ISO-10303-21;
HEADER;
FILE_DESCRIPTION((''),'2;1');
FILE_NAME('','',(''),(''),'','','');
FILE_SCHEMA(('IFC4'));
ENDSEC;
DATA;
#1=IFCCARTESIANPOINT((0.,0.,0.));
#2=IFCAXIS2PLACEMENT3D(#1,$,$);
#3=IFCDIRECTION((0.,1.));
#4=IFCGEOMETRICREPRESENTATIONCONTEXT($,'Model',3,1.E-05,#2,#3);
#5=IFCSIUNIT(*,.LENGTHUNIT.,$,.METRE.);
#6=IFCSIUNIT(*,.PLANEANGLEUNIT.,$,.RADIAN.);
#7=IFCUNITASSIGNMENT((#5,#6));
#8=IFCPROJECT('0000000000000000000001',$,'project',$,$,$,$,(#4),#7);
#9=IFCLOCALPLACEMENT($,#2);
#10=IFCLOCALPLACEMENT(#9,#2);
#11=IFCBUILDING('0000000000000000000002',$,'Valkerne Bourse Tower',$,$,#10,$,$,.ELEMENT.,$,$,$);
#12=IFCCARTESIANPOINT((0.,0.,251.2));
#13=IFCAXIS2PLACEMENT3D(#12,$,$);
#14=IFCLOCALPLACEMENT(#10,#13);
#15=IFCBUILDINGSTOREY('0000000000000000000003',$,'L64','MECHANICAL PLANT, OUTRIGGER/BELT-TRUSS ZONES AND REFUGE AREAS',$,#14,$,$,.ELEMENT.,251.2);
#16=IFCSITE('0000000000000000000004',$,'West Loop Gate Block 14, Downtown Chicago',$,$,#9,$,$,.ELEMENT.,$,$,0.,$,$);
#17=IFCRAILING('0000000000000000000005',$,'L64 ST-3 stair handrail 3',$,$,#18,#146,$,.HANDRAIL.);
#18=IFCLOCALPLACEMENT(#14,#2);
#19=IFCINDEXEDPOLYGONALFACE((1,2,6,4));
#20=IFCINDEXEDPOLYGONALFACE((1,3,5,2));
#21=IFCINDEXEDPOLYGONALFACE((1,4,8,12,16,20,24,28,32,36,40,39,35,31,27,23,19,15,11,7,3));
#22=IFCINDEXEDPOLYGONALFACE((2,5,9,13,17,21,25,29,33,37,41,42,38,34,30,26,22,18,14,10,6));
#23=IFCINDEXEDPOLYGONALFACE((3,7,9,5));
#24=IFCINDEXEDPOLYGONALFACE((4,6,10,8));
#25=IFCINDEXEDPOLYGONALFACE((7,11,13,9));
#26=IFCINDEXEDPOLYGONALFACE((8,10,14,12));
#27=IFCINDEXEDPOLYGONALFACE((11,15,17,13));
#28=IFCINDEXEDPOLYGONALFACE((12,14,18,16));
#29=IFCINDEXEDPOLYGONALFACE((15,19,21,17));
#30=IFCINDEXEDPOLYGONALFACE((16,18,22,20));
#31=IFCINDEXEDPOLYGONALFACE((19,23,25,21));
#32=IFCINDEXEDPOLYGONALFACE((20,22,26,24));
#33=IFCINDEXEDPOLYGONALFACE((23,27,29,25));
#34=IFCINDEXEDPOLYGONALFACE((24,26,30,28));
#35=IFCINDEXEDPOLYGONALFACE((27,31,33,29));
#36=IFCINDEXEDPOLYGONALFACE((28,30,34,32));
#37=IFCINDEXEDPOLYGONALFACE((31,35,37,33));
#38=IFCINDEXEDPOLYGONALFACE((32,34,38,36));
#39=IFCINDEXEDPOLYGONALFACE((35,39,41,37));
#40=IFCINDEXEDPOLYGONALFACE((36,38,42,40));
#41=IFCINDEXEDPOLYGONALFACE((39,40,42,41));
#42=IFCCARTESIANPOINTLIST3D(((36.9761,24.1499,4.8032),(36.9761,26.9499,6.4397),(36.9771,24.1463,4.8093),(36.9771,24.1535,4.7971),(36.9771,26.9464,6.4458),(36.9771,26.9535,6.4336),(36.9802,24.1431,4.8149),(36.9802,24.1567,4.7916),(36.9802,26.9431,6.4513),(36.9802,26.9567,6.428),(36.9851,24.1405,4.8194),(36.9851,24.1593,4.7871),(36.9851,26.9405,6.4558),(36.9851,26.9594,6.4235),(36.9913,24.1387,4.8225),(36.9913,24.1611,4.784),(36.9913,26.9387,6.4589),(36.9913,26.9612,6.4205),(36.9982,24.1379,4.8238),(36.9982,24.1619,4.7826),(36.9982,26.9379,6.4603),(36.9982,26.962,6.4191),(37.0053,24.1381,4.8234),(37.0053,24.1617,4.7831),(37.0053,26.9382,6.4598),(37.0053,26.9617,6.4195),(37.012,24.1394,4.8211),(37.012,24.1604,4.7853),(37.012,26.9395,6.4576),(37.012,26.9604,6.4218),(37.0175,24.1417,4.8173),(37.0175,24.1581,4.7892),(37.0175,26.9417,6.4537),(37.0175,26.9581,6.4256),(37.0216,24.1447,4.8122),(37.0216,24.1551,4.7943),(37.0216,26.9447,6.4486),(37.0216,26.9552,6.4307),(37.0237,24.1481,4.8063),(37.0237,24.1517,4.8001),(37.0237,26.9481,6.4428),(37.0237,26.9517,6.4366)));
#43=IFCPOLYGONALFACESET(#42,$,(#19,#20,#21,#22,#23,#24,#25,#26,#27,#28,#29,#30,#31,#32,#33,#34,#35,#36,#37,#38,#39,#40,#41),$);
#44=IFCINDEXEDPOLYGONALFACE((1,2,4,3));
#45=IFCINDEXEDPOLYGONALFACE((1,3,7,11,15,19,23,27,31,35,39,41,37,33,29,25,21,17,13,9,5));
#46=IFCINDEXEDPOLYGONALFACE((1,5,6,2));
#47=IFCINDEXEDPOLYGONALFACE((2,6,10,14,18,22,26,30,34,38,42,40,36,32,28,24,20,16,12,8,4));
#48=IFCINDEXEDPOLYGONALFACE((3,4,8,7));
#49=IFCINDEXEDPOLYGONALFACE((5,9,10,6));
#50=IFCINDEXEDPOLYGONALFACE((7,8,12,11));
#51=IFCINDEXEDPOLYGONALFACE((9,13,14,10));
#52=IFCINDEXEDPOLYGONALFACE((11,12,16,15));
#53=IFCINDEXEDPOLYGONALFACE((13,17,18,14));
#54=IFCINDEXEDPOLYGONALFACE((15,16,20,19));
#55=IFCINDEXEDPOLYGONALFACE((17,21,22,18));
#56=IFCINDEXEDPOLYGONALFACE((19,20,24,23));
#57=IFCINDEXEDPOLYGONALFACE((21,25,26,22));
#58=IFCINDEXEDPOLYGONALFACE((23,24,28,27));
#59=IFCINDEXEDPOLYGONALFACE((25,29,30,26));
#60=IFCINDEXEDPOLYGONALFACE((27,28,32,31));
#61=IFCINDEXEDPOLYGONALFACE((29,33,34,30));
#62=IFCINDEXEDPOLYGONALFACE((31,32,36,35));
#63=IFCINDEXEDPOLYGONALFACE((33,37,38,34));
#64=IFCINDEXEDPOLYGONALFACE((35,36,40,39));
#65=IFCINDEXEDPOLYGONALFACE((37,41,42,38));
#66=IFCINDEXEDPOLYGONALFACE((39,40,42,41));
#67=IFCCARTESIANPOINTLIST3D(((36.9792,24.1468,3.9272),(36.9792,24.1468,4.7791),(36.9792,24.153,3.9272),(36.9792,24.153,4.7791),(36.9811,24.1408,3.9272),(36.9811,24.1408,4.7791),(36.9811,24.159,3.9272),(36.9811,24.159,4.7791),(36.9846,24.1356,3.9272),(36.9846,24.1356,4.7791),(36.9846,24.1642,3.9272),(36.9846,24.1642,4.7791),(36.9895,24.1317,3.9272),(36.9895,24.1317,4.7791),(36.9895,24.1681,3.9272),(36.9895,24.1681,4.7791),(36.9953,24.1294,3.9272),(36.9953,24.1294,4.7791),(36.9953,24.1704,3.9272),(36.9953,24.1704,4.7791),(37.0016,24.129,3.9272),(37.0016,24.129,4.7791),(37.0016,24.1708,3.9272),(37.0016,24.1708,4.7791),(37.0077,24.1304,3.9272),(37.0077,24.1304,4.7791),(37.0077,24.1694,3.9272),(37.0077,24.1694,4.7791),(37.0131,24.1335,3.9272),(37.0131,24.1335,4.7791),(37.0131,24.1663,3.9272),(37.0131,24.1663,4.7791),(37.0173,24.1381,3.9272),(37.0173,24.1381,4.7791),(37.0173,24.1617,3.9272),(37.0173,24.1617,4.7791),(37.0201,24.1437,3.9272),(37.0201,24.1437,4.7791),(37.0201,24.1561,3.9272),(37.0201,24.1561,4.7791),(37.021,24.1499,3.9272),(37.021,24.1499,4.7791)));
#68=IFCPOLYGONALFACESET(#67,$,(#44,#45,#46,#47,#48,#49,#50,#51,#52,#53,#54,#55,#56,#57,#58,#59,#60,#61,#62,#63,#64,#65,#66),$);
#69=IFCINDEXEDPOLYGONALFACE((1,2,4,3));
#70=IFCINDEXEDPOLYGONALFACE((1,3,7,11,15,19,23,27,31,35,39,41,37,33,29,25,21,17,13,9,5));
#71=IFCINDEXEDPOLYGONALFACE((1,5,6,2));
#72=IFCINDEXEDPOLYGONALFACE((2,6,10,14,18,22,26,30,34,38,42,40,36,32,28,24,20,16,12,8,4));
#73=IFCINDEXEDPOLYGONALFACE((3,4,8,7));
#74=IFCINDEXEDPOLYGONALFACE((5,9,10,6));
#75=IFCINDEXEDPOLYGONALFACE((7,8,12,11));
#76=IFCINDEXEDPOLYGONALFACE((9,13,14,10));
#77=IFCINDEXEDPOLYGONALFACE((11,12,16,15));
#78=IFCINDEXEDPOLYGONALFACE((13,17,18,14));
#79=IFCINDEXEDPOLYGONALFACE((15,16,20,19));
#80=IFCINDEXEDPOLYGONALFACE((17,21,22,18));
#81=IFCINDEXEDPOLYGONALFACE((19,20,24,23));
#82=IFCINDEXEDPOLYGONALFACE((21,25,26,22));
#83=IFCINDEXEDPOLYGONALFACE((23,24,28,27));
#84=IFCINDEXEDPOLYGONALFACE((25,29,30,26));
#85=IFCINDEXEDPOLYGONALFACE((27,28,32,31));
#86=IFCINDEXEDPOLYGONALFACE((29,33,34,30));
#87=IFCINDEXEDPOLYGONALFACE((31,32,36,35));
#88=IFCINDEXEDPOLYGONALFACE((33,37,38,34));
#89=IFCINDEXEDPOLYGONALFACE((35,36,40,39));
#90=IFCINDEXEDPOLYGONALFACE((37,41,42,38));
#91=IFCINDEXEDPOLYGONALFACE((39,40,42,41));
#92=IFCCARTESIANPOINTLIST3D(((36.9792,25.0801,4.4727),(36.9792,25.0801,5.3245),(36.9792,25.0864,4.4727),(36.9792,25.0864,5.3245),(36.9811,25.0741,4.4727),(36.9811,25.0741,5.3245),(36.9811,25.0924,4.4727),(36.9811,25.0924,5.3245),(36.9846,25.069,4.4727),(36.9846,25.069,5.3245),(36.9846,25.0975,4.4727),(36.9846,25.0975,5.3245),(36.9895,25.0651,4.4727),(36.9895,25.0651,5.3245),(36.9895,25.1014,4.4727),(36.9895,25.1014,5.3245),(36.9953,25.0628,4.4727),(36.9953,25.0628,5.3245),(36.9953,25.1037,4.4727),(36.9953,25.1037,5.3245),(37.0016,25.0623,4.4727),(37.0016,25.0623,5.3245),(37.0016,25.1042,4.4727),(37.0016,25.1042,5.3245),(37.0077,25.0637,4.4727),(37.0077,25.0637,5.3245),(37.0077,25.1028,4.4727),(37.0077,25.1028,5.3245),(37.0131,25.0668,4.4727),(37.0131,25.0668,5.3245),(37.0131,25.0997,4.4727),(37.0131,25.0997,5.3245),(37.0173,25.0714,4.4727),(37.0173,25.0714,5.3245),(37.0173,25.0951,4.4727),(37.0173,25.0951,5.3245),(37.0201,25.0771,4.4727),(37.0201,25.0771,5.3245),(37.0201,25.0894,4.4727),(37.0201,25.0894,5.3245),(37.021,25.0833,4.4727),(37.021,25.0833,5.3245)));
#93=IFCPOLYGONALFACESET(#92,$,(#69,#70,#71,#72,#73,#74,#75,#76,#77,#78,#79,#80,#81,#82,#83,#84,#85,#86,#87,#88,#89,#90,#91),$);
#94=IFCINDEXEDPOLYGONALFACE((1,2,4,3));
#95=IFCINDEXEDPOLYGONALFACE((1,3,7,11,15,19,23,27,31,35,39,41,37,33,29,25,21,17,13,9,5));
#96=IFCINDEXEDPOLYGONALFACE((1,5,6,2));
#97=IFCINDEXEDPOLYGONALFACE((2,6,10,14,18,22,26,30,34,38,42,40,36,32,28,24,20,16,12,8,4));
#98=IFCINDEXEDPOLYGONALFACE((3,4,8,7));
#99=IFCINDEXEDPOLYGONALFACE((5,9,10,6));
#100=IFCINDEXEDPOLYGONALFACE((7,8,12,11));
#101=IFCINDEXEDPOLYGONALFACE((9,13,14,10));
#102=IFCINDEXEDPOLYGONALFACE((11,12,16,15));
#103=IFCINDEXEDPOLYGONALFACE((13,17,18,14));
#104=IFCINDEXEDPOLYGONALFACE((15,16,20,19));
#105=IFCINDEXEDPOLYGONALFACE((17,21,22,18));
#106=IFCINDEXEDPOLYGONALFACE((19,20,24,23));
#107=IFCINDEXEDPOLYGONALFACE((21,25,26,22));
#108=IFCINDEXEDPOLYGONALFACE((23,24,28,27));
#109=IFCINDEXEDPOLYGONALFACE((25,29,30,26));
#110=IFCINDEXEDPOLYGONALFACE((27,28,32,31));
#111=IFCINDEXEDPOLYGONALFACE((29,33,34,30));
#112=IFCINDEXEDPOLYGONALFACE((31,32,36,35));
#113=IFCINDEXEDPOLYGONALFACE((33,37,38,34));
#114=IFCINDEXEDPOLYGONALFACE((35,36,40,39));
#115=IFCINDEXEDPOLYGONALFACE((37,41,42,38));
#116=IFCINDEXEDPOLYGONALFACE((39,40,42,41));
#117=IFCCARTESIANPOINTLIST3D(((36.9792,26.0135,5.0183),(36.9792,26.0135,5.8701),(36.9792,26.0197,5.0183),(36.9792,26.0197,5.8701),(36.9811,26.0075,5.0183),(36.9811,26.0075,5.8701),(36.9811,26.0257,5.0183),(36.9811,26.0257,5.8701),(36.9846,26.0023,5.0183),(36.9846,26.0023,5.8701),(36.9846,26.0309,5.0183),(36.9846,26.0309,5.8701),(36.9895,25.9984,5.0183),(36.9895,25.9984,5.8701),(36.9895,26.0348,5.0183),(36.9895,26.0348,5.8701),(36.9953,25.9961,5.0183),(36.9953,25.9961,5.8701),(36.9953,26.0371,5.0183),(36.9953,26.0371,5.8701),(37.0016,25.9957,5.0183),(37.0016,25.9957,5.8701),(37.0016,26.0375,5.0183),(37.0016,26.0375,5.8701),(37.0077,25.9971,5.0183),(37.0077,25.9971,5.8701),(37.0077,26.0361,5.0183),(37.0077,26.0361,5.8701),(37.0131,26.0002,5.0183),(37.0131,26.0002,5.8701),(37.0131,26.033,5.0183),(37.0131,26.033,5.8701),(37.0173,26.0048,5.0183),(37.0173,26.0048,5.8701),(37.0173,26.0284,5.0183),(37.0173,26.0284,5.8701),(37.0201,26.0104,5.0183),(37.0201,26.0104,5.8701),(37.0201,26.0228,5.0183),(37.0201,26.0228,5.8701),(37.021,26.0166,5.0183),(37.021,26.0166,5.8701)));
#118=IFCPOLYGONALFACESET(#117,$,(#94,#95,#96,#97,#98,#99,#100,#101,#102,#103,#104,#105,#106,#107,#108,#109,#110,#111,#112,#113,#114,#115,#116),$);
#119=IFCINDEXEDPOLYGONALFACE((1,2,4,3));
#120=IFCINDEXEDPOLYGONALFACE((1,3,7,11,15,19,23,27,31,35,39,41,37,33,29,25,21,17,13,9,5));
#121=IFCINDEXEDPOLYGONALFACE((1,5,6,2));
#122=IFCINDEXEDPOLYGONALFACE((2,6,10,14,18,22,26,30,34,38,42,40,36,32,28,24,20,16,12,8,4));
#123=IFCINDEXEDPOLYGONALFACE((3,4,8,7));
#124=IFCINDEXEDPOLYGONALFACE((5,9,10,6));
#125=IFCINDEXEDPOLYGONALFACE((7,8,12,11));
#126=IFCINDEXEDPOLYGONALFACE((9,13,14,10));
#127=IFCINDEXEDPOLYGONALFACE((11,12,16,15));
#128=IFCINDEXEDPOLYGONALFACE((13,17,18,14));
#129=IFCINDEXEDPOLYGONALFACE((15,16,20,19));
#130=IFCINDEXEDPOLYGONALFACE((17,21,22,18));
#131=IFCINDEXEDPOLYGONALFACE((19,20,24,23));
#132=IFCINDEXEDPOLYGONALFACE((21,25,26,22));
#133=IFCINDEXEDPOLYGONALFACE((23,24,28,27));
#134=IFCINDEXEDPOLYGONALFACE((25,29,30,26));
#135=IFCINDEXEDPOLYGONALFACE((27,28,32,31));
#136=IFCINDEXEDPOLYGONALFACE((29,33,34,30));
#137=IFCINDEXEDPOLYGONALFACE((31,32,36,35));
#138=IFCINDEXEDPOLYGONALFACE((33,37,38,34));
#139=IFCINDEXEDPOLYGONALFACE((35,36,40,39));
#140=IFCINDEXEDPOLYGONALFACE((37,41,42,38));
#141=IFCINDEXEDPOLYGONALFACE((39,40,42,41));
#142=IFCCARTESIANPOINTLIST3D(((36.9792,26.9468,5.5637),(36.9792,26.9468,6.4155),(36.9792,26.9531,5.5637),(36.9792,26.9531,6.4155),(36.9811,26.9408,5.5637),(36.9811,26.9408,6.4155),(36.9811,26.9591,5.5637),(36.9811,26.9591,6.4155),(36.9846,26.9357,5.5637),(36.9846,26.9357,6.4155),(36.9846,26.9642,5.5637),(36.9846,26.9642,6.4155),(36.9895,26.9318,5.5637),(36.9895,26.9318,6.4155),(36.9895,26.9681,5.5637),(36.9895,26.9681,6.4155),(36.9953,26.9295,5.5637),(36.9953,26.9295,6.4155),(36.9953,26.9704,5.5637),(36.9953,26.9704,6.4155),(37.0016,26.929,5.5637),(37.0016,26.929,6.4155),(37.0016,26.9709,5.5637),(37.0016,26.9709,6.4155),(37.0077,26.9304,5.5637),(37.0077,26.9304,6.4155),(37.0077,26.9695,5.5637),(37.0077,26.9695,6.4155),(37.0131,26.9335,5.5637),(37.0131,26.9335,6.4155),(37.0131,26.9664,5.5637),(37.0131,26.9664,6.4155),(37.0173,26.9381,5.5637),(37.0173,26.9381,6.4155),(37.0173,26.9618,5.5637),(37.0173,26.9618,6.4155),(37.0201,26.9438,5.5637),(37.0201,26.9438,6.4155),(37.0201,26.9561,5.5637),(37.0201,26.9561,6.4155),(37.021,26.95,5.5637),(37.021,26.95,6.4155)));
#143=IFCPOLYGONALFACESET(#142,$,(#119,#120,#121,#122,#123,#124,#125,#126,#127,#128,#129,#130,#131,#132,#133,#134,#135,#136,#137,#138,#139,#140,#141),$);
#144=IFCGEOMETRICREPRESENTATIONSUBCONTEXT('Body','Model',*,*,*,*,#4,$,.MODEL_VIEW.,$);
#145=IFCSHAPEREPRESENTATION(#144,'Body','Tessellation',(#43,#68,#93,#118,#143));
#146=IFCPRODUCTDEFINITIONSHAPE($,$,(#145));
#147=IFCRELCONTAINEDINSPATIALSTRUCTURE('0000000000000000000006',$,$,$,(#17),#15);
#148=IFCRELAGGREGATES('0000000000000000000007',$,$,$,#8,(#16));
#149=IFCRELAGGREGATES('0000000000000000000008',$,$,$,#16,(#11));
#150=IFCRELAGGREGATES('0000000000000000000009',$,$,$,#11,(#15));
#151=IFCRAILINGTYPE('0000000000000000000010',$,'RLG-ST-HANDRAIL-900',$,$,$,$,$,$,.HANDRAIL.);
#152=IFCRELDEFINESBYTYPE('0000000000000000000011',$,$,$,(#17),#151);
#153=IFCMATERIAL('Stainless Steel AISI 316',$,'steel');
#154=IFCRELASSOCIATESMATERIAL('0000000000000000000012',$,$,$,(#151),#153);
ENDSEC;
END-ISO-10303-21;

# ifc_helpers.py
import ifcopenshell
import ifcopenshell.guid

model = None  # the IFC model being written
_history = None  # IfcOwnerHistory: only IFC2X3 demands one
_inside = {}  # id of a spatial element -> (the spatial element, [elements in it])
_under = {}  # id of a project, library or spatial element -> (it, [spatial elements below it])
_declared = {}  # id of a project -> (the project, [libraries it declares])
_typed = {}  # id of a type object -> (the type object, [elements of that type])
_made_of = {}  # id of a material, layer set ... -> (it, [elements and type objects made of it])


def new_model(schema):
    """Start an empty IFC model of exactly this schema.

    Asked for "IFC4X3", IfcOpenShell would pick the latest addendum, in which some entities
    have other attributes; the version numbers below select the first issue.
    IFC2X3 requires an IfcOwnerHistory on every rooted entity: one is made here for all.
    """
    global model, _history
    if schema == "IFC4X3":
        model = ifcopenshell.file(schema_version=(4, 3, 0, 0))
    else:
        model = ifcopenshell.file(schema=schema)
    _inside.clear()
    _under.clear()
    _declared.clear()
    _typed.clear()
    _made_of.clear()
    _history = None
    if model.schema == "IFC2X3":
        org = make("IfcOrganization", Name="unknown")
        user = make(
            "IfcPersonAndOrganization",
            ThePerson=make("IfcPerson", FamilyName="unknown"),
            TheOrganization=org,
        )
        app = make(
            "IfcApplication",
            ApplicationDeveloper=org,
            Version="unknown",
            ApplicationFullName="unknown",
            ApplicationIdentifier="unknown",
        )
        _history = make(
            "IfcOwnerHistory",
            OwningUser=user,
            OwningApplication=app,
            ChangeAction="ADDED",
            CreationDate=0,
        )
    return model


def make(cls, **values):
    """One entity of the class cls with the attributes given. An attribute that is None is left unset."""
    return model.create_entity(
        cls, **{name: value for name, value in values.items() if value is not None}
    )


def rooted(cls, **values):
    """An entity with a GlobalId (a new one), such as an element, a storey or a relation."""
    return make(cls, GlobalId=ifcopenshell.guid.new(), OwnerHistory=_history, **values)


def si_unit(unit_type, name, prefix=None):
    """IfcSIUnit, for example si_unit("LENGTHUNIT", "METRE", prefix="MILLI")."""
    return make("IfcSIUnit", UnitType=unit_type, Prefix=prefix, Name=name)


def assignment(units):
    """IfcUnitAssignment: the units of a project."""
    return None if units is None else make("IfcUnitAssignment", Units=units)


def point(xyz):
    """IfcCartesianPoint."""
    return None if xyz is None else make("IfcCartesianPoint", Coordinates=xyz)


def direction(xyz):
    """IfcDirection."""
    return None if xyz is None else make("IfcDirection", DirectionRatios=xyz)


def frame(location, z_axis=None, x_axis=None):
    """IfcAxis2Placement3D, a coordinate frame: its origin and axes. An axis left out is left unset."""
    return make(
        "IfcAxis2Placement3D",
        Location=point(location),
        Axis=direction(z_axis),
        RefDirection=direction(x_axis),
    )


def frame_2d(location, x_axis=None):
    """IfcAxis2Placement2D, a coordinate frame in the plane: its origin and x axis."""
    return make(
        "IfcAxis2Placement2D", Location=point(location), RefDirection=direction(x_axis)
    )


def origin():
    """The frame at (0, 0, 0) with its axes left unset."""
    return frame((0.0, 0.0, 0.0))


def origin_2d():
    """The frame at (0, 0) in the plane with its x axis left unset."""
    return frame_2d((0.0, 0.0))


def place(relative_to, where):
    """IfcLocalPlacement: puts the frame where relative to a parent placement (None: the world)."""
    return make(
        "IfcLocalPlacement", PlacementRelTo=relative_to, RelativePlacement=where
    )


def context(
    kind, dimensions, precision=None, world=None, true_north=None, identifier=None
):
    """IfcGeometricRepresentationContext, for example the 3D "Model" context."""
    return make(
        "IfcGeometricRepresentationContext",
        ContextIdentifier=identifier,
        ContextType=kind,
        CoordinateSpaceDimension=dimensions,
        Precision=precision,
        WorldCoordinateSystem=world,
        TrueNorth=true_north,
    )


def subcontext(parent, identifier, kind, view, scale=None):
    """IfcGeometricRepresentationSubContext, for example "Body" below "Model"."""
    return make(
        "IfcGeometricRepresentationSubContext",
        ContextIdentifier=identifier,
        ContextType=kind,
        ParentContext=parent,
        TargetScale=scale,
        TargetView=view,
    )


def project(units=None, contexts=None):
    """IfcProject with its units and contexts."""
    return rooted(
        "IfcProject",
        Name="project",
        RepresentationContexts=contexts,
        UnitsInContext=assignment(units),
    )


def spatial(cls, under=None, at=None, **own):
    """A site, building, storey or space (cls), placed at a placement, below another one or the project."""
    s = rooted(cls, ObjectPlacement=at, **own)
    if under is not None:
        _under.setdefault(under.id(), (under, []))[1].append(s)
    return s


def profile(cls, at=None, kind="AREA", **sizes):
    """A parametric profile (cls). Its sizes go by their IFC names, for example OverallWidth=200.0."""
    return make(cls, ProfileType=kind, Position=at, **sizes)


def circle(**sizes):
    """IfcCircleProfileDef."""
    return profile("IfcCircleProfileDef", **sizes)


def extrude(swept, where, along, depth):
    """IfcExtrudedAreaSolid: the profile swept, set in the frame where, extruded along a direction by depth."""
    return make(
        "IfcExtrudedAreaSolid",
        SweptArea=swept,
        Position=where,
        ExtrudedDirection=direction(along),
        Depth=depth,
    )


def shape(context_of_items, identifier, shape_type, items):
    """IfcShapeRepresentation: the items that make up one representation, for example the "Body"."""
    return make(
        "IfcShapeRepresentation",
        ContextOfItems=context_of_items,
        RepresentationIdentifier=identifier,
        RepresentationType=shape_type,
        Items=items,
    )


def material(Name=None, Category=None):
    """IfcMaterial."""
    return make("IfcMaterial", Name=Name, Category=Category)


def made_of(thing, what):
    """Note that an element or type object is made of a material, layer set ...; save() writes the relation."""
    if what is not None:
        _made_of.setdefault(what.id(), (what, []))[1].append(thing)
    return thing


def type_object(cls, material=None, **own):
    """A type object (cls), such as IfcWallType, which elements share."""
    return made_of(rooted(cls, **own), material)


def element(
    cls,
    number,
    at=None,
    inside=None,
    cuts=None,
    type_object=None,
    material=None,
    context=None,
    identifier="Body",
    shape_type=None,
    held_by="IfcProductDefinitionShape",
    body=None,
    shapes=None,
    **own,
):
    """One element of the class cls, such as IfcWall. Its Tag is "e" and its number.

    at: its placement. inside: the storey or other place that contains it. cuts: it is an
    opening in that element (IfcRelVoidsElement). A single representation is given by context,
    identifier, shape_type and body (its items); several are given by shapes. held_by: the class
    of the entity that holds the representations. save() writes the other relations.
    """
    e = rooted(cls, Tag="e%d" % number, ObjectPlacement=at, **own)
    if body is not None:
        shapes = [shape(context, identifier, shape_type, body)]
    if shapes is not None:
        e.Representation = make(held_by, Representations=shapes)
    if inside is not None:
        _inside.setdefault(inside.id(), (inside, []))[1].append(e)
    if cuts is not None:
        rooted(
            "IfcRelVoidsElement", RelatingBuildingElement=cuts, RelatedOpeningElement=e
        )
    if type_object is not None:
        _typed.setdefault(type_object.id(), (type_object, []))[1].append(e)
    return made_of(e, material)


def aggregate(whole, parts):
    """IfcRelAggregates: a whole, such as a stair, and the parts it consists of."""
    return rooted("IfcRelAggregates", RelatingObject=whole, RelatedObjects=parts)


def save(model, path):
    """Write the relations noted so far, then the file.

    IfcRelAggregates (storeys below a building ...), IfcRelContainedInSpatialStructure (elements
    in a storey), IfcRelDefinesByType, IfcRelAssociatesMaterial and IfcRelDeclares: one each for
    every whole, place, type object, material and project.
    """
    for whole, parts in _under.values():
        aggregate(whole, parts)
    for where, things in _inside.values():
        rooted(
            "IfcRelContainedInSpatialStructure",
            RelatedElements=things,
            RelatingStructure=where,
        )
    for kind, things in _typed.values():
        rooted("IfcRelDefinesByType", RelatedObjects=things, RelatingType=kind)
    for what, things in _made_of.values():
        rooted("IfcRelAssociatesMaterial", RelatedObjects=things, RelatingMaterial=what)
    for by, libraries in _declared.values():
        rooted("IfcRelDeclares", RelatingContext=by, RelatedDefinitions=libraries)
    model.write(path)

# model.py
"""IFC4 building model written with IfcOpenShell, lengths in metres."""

from ifc_helpers import new_model, si_unit, direction, frame, origin, origin_2d, place, context, subcontext, project, spatial, circle, extrude, material, type_object, element, save


model = new_model("IFC4")

# Units and contexts
model_context = context("Model", 3, precision=1e-05, world=origin(), true_north=direction((0.0, 1.0)))
body_context = subcontext(model_context, "Body", "Model", "MODEL_VIEW")
ifc_project = project(units=[si_unit("LENGTHUNIT", "METRE"), si_unit("PLANEANGLEUNIT", "RADIAN")], contexts=[model_context])

# Site, building, storey
site_placement = place(None, origin())
site = spatial("IfcSite", under=ifc_project, at=site_placement, Name="West Loop Gate Block 14, Downtown Chicago", CompositionType="ELEMENT", RefElevation=0.0)
building_placement = place(site_placement, origin())
building = spatial("IfcBuilding", under=site, at=building_placement, Name="Valkerne Bourse Tower", CompositionType="ELEMENT")
storey_placement = place(building_placement, frame((0.0, 0.0, 251.2)))
storey = spatial("IfcBuildingStorey", under=building, at=storey_placement, Name="L64", Description="MECHANICAL PLANT, OUTRIGGER/BELT-TRUSS ZONES AND REFUGE AREAS", CompositionType="ELEMENT", Elevation=251.2)

# Railing
ifc_material_1 = material(Name="Stainless Steel AISI 316", Category="steel")
railing_type_1 = type_object("IfcRailingType", Name="RLG-ST-HANDRAIL-900", PredefinedType="HANDRAIL", material=ifc_material_1)
railing_1_placement = place(storey_placement, frame((37.0, 24.1499, 3.9272)))
element("IfcRailing", 1, at=railing_1_placement, inside=storey, type_object=railing_type_1, Name="L64 ST-3 stair handrail 3", PredefinedType="HANDRAIL", context=body_context, shape_type="SweptSolid", body=[
    extrude(circle(Radius=0.0239, at=origin_2d()), frame((0.0, 0.0, 0.876), z_axis=(0.0, 0.863361, 0.504587), x_axis=(-1.0, 0.0, 0.0)), (0.0, 0.0, 1.0), 3.2432),
    extrude(circle(Radius=0.021, at=origin_2d()), origin(), (0.0, 0.0, 1.0), 0.8518),
    extrude(circle(Radius=0.021, at=origin_2d()), frame((0.0, 0.9333, 0.5454)), (0.0, 0.0, 1.0), 0.8518),
    extrude(circle(Radius=0.021, at=origin_2d()), frame((0.0, 1.8667, 1.0911)), (0.0, 0.0, 1.0), 0.8518),
    extrude(circle(Radius=0.021, at=origin_2d()), frame((0.0, 2.8, 1.6365)), (0.0, 0.0, 1.0), 0.8518),
])

save(model, "model.ifc")
